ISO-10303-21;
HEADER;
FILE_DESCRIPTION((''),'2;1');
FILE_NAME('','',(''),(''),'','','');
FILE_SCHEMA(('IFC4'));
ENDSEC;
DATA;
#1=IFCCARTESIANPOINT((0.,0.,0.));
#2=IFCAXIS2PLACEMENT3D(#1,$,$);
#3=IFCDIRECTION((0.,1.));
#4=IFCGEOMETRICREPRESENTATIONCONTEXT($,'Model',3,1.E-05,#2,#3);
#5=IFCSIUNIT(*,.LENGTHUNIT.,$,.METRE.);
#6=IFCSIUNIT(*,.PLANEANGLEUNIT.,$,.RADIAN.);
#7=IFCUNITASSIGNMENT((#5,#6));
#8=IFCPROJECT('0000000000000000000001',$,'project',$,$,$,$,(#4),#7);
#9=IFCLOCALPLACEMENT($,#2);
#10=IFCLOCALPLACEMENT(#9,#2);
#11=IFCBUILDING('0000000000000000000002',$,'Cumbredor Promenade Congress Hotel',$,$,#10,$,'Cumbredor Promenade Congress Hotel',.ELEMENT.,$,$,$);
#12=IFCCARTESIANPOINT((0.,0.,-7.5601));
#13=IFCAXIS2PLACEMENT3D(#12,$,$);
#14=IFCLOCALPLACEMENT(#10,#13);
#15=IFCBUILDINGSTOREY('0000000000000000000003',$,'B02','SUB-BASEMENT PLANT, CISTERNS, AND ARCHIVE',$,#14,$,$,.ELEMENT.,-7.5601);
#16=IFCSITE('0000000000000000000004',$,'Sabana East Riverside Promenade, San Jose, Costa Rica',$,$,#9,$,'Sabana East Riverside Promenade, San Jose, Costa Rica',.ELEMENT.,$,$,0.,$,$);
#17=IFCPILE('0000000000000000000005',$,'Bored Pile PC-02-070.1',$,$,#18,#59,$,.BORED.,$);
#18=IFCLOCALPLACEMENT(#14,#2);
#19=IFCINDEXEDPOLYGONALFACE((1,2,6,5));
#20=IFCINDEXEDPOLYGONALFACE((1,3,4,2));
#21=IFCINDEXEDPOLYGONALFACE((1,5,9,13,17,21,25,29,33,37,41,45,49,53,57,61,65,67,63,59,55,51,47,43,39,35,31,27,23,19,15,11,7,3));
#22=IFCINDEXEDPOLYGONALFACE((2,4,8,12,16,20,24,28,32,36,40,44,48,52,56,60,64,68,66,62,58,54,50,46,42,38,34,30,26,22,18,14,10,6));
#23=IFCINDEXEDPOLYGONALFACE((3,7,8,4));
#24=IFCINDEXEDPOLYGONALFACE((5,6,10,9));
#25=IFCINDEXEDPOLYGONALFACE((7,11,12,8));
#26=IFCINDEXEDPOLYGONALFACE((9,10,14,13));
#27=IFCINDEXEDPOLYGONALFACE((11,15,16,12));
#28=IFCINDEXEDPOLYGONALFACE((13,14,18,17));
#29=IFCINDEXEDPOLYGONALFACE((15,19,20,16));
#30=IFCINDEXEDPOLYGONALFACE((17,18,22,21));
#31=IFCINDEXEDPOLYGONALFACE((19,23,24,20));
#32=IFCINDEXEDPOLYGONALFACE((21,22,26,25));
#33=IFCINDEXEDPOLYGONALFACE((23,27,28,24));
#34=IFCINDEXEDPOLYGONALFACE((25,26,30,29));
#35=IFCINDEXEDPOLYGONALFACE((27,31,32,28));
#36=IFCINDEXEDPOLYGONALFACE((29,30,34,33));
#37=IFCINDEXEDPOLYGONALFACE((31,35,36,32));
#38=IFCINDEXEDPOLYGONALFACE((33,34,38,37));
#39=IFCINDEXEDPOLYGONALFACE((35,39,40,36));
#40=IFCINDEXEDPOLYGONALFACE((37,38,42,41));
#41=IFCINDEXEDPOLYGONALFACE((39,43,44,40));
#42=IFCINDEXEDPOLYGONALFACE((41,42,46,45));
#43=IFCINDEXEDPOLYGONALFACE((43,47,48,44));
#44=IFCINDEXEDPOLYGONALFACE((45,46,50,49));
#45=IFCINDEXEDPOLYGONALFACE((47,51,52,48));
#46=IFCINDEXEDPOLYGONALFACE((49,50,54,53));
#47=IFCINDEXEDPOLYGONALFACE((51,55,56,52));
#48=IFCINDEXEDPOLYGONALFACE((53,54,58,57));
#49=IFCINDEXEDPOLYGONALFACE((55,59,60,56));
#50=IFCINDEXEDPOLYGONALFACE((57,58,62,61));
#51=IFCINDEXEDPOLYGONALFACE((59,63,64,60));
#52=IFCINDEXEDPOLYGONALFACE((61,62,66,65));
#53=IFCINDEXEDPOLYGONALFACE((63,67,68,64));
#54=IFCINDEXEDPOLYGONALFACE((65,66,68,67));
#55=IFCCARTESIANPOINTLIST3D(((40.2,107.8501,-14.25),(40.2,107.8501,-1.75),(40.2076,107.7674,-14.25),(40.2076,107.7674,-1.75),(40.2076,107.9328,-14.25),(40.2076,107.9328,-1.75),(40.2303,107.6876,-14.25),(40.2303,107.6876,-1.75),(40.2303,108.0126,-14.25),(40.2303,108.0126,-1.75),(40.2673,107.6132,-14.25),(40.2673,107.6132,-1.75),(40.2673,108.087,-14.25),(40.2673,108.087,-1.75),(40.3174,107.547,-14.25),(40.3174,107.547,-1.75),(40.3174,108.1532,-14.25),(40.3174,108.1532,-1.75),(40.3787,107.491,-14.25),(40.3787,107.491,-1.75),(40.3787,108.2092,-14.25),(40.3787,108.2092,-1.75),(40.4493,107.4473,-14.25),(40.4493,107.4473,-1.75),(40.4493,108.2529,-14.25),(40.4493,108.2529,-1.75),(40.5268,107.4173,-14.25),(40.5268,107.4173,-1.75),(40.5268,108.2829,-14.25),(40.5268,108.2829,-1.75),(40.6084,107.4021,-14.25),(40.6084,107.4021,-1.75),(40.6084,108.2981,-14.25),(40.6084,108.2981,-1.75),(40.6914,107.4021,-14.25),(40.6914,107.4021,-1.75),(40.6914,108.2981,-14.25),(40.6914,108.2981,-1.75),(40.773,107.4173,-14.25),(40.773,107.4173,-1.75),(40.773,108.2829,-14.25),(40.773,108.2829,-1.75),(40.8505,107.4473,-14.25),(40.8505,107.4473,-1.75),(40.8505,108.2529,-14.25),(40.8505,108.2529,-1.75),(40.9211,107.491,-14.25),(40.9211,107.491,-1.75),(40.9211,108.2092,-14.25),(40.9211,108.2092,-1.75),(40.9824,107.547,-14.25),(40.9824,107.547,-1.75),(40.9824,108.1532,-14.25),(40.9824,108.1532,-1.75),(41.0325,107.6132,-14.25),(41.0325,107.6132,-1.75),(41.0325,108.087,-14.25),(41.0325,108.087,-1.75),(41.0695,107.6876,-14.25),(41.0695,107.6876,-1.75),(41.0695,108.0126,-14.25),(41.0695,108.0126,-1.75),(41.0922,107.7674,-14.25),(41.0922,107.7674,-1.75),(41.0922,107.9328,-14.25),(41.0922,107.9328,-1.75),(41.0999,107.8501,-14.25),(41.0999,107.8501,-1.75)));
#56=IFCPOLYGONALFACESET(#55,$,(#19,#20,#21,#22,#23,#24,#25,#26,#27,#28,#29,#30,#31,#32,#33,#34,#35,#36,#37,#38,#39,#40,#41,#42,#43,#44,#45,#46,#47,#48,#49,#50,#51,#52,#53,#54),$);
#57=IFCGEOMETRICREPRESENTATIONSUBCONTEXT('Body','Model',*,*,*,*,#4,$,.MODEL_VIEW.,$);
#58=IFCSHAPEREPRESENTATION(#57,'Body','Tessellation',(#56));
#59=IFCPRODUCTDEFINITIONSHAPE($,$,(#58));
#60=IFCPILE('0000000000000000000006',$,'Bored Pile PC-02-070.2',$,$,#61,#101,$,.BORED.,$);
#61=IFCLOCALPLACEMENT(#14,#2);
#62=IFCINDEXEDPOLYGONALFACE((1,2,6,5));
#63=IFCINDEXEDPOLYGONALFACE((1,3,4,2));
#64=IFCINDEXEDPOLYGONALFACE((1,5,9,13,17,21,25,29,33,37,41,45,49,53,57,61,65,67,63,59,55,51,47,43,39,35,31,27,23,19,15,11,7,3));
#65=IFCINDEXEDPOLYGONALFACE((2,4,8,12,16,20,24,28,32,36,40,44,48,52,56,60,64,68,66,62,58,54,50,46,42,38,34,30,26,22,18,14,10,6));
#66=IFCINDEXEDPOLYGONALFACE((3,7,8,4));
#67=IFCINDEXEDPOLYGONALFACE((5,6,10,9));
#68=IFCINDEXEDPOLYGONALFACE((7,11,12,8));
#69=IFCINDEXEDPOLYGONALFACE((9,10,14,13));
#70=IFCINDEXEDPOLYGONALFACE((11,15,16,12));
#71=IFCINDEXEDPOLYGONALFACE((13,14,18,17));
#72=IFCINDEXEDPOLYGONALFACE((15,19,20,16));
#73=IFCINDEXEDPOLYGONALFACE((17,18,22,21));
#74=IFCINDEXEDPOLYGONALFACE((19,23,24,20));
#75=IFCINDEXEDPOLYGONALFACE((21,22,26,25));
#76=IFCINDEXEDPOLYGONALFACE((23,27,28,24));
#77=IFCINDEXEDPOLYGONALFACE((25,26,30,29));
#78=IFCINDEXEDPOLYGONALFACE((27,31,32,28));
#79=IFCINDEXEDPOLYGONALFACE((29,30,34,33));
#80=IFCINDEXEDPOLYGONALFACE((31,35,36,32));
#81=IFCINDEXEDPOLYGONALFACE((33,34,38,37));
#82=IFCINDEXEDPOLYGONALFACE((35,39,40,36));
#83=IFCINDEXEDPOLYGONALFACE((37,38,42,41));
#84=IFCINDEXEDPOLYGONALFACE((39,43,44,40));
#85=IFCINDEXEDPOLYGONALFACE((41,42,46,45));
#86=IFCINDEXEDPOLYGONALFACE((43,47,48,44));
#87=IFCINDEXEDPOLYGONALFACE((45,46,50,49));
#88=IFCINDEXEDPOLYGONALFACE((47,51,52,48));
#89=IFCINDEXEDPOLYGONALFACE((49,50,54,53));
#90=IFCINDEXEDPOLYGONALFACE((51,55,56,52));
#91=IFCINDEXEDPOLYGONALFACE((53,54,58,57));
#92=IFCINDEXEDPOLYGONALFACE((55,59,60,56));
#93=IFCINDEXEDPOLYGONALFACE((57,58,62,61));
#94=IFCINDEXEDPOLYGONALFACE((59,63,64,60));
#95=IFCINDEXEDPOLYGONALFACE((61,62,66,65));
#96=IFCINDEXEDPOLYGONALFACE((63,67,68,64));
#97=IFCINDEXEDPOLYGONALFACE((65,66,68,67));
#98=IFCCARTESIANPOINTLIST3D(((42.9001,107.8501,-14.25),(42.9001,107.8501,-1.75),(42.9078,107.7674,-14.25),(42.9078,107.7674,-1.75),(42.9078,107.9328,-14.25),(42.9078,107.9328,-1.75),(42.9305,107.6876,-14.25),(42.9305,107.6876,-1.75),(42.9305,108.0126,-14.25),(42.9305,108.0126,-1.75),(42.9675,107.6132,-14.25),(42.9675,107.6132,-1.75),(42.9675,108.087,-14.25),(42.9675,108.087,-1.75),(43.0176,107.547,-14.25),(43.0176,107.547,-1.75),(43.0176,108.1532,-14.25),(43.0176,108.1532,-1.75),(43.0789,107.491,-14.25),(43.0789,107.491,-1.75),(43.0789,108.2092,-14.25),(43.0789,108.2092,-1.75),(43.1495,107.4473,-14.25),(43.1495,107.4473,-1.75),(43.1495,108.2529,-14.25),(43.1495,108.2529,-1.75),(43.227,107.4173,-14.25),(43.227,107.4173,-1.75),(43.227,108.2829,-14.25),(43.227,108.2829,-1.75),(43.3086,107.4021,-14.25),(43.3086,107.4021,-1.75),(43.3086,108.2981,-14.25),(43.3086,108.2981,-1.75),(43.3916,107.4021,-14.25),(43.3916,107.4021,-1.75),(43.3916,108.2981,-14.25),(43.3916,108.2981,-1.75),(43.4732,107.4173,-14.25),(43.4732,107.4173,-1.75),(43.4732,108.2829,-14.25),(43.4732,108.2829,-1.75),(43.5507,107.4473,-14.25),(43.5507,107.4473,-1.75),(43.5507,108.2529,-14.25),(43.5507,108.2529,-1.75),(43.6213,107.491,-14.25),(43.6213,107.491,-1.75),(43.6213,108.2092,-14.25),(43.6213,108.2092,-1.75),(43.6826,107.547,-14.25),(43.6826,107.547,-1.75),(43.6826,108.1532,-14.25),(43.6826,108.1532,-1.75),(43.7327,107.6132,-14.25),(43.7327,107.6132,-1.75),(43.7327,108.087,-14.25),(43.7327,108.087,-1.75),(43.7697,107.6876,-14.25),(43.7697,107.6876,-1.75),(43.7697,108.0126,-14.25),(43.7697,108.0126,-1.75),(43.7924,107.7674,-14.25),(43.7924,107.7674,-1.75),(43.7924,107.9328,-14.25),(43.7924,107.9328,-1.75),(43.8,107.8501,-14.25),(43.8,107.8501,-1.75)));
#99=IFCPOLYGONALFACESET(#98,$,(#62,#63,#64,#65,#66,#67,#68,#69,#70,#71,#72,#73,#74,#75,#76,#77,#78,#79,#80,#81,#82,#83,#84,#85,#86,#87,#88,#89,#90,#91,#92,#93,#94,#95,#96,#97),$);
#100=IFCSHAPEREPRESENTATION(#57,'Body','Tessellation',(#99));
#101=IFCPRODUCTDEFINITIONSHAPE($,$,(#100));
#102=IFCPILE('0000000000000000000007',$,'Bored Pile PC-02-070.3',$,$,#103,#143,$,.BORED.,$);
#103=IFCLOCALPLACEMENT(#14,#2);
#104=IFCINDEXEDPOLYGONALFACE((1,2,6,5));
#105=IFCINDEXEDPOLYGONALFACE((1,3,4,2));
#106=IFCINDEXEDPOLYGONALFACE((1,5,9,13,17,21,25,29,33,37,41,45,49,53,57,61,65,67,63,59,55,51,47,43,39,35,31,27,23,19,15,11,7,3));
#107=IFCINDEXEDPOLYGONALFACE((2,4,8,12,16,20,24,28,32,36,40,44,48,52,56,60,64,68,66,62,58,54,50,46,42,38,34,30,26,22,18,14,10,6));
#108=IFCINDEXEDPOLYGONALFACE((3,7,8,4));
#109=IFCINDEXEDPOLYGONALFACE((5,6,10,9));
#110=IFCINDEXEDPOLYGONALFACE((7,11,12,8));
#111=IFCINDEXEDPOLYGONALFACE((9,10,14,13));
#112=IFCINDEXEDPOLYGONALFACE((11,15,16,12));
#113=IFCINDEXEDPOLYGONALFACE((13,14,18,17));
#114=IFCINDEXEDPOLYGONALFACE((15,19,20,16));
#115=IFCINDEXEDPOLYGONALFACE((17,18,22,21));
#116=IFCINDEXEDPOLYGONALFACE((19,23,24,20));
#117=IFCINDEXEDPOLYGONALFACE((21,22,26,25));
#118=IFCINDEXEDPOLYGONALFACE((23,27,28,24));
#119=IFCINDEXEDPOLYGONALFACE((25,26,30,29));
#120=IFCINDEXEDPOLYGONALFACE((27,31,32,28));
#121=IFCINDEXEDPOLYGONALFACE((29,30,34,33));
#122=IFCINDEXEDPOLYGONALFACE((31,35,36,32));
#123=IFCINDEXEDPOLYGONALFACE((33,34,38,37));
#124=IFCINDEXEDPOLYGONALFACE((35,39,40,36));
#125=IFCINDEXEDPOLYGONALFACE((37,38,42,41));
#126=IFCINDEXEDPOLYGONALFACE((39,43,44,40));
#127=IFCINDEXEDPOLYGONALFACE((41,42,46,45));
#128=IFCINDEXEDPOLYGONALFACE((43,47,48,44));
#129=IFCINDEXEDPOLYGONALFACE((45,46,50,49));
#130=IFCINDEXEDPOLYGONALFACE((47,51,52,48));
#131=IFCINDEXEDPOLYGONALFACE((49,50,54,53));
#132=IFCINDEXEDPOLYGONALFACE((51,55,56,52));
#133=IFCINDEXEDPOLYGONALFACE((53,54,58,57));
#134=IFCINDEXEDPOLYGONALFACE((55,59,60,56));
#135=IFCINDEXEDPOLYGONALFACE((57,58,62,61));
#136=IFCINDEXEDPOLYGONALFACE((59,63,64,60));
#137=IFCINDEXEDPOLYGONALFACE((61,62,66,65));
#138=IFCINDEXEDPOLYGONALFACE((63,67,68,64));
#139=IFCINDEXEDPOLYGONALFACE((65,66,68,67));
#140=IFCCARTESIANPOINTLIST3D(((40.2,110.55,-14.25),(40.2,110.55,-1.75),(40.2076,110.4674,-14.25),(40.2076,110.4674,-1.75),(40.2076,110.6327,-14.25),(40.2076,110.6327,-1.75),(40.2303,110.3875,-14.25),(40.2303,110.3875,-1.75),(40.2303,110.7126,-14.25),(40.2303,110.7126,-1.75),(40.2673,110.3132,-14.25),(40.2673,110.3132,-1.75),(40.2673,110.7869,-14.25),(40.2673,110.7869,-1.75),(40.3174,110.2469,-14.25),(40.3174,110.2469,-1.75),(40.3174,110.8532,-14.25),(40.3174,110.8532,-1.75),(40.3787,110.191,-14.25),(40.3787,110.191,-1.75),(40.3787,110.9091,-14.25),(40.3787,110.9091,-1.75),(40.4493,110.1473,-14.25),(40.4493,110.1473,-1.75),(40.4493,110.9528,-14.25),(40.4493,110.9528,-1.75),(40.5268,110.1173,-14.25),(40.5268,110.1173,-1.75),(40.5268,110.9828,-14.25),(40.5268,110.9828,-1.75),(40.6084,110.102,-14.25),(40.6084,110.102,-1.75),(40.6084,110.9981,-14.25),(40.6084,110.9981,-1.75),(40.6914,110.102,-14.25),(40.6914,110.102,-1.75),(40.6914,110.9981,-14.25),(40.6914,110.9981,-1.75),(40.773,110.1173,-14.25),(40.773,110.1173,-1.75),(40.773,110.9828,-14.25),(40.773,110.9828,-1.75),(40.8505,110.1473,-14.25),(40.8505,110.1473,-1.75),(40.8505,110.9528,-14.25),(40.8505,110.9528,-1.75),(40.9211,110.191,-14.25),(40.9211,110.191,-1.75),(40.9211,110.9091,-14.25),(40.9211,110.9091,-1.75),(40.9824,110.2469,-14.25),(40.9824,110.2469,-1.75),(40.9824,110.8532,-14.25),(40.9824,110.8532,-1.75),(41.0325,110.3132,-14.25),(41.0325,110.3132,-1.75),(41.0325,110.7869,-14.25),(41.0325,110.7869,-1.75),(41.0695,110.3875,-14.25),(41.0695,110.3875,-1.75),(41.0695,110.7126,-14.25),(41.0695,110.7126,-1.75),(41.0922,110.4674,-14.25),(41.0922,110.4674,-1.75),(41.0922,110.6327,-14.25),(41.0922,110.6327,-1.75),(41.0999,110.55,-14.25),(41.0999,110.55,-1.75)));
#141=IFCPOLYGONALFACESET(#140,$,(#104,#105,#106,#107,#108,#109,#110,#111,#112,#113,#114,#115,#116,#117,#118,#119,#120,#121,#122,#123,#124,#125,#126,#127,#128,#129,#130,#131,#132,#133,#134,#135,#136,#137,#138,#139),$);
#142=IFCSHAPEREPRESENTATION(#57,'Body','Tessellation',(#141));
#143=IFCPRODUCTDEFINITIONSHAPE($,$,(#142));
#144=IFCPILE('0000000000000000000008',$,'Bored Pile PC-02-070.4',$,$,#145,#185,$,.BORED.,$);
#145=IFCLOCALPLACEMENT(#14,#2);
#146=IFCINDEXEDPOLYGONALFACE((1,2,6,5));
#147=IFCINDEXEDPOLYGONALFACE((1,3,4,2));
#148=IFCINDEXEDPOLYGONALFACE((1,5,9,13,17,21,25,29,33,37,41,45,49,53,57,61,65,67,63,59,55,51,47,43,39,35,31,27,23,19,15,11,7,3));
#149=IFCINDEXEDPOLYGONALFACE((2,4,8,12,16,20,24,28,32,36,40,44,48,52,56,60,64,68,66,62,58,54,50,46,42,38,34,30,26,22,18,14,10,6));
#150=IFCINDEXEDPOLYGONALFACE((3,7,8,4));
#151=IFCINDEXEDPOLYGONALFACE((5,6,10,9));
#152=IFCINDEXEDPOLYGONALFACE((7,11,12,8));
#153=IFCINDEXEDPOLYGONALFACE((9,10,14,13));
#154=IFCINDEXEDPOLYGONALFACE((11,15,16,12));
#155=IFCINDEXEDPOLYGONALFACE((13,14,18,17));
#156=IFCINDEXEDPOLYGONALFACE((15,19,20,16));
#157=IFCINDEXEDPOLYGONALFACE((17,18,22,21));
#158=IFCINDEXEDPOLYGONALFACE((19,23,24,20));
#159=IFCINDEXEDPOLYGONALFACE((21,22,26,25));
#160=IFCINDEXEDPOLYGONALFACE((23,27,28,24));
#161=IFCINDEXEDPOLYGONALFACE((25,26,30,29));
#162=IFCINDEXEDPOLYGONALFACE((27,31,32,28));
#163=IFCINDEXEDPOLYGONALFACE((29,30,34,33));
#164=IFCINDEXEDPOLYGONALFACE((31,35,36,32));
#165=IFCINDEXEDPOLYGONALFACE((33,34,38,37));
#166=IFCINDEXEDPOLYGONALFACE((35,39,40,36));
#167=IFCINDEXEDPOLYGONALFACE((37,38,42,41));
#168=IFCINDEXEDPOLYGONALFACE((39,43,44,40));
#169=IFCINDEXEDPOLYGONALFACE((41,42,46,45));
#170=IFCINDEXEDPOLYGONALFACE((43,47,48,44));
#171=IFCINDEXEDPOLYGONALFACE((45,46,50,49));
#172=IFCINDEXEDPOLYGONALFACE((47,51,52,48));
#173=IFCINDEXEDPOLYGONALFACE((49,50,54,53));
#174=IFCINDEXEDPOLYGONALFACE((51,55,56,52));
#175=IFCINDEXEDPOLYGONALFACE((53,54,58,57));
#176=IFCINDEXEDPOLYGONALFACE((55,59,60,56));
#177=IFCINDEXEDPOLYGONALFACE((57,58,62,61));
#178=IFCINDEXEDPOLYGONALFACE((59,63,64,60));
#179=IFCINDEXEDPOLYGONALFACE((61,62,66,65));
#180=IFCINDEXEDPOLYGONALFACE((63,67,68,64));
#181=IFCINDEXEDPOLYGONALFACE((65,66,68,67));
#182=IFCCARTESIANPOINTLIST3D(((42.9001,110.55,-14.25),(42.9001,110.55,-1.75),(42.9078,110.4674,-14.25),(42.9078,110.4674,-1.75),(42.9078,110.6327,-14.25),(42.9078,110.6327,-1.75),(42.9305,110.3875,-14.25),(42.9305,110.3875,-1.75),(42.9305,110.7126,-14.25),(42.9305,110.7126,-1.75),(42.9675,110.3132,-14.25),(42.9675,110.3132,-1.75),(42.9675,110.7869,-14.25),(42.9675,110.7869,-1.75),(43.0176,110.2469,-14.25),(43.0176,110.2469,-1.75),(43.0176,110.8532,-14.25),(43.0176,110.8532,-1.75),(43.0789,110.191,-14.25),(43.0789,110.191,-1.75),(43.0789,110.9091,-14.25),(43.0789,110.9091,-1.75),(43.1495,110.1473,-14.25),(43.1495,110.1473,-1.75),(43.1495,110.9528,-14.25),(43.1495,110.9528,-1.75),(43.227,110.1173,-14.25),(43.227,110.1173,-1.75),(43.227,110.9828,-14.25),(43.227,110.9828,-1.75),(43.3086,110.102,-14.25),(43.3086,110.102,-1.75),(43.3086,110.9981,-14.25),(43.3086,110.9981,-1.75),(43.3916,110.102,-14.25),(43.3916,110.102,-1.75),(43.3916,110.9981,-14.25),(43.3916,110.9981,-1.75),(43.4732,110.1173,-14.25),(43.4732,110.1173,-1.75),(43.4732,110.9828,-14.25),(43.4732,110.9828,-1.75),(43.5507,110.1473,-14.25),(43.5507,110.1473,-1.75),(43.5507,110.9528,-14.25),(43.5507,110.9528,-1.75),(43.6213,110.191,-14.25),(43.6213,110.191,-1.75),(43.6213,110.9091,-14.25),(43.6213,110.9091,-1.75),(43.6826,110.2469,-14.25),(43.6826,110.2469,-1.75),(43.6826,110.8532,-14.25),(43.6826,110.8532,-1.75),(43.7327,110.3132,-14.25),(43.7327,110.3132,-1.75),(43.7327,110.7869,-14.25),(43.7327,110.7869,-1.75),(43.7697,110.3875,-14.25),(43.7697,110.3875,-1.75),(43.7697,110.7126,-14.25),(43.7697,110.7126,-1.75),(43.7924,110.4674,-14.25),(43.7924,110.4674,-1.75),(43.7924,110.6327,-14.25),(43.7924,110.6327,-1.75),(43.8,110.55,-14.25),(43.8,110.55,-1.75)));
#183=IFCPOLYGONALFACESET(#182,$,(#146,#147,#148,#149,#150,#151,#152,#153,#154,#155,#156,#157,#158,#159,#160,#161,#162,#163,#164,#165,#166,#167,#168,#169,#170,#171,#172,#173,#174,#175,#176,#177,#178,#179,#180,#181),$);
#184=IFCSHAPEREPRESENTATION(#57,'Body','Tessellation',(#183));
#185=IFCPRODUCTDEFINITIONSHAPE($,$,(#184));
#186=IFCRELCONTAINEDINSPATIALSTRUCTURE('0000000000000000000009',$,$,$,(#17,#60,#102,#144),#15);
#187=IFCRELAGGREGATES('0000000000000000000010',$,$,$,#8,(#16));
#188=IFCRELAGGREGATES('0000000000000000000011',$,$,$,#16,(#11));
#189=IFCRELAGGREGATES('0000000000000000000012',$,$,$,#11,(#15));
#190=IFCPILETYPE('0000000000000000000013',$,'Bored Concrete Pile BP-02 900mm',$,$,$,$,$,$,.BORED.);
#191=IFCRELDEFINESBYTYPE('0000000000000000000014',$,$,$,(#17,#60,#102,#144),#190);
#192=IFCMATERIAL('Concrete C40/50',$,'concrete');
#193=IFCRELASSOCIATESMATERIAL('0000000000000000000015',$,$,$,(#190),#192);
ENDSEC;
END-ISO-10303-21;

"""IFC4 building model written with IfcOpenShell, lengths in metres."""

from ifc_helpers import new_model, si_unit, direction, frame, origin, origin_2d, place, context, subcontext, project, spatial, circle, extrude, material, material_profile, profile_set, type_object, element, save


model = new_model("IFC4")

# Units and contexts
model_context = context("Model", 3, precision=1e-05, world=origin(), true_north=direction((0.0, 1.0)))
body_context = subcontext(model_context, "Body", "Model", "MODEL_VIEW")
ifc_project = project(units=[si_unit("LENGTHUNIT", "METRE"), si_unit("PLANEANGLEUNIT", "RADIAN")], contexts=[model_context])

# Site, building, storey
site_placement = place(None, origin())
site = spatial("IfcSite", under=ifc_project, at=site_placement, Name="Sabana East Riverside Promenade, San Jose, Costa Rica", LongName="Sabana East Riverside Promenade, San Jose, Costa Rica", CompositionType="ELEMENT", RefElevation=0.0)
building_placement = place(site_placement, origin())
building = spatial("IfcBuilding", under=site, at=building_placement, Name="Cumbredor Promenade Congress Hotel", LongName="Cumbredor Promenade Congress Hotel", CompositionType="ELEMENT")
storey_placement = place(building_placement, frame((0.0, 0.0, -7.5601)))
storey = spatial("IfcBuildingStorey", under=building, at=storey_placement, Name="B02", Description="SUB-BASEMENT PLANT, CISTERNS, AND ARCHIVE", CompositionType="ELEMENT", Elevation=-7.5601)

# Piles
ifc_material_1 = material(Name="Concrete C40/50", Category="concrete")
ifc_material_profile_1 = material_profile(ifc_material_1, circle(Radius=0.45, at=origin_2d()), Name="PILE D900")
ifc_profile_set_1 = profile_set([ifc_material_profile_1], Name="Concrete C40/50")
pile_type = type_object("IfcPileType", Name="Bored Concrete Pile BP-02 900mm", PredefinedType="BORED", material=ifc_profile_set_1)
for number, where, z_axis, x_axis, name in (
    (1, (40.6499, 107.8501, -1.75), (0.0, 0.0, -1.0), (1.0, 0.0, 0.0), "Bored Pile PC-02-070.1"),
    (2, (43.3501, 107.8501, -1.75), (0.0, 0.0, -1.0), (1.0, 0.0, 0.0), "Bored Pile PC-02-070.2"),
    (3, (40.6499, 110.55, -1.75), (0.0, 0.0, -1.0), (1.0, 0.0, 0.0), "Bored Pile PC-02-070.3"),
    (4, (43.3501, 110.55, -1.75), (0.0, 0.0, -1.0), (1.0, 0.0, 0.0), "Bored Pile PC-02-070.4"),
):
    element("IfcPile", number, at=place(storey_placement, frame(where, z_axis=z_axis, x_axis=x_axis)), inside=storey, type_object=pile_type, Name=name, PredefinedType="BORED", context=body_context, shape_type="SweptSolid", body=[
        extrude(circle(Radius=0.45, at=origin_2d()), origin(), (0.0, 0.0, 1.0), 12.5),
    ])

save(model, "model.ifc")
